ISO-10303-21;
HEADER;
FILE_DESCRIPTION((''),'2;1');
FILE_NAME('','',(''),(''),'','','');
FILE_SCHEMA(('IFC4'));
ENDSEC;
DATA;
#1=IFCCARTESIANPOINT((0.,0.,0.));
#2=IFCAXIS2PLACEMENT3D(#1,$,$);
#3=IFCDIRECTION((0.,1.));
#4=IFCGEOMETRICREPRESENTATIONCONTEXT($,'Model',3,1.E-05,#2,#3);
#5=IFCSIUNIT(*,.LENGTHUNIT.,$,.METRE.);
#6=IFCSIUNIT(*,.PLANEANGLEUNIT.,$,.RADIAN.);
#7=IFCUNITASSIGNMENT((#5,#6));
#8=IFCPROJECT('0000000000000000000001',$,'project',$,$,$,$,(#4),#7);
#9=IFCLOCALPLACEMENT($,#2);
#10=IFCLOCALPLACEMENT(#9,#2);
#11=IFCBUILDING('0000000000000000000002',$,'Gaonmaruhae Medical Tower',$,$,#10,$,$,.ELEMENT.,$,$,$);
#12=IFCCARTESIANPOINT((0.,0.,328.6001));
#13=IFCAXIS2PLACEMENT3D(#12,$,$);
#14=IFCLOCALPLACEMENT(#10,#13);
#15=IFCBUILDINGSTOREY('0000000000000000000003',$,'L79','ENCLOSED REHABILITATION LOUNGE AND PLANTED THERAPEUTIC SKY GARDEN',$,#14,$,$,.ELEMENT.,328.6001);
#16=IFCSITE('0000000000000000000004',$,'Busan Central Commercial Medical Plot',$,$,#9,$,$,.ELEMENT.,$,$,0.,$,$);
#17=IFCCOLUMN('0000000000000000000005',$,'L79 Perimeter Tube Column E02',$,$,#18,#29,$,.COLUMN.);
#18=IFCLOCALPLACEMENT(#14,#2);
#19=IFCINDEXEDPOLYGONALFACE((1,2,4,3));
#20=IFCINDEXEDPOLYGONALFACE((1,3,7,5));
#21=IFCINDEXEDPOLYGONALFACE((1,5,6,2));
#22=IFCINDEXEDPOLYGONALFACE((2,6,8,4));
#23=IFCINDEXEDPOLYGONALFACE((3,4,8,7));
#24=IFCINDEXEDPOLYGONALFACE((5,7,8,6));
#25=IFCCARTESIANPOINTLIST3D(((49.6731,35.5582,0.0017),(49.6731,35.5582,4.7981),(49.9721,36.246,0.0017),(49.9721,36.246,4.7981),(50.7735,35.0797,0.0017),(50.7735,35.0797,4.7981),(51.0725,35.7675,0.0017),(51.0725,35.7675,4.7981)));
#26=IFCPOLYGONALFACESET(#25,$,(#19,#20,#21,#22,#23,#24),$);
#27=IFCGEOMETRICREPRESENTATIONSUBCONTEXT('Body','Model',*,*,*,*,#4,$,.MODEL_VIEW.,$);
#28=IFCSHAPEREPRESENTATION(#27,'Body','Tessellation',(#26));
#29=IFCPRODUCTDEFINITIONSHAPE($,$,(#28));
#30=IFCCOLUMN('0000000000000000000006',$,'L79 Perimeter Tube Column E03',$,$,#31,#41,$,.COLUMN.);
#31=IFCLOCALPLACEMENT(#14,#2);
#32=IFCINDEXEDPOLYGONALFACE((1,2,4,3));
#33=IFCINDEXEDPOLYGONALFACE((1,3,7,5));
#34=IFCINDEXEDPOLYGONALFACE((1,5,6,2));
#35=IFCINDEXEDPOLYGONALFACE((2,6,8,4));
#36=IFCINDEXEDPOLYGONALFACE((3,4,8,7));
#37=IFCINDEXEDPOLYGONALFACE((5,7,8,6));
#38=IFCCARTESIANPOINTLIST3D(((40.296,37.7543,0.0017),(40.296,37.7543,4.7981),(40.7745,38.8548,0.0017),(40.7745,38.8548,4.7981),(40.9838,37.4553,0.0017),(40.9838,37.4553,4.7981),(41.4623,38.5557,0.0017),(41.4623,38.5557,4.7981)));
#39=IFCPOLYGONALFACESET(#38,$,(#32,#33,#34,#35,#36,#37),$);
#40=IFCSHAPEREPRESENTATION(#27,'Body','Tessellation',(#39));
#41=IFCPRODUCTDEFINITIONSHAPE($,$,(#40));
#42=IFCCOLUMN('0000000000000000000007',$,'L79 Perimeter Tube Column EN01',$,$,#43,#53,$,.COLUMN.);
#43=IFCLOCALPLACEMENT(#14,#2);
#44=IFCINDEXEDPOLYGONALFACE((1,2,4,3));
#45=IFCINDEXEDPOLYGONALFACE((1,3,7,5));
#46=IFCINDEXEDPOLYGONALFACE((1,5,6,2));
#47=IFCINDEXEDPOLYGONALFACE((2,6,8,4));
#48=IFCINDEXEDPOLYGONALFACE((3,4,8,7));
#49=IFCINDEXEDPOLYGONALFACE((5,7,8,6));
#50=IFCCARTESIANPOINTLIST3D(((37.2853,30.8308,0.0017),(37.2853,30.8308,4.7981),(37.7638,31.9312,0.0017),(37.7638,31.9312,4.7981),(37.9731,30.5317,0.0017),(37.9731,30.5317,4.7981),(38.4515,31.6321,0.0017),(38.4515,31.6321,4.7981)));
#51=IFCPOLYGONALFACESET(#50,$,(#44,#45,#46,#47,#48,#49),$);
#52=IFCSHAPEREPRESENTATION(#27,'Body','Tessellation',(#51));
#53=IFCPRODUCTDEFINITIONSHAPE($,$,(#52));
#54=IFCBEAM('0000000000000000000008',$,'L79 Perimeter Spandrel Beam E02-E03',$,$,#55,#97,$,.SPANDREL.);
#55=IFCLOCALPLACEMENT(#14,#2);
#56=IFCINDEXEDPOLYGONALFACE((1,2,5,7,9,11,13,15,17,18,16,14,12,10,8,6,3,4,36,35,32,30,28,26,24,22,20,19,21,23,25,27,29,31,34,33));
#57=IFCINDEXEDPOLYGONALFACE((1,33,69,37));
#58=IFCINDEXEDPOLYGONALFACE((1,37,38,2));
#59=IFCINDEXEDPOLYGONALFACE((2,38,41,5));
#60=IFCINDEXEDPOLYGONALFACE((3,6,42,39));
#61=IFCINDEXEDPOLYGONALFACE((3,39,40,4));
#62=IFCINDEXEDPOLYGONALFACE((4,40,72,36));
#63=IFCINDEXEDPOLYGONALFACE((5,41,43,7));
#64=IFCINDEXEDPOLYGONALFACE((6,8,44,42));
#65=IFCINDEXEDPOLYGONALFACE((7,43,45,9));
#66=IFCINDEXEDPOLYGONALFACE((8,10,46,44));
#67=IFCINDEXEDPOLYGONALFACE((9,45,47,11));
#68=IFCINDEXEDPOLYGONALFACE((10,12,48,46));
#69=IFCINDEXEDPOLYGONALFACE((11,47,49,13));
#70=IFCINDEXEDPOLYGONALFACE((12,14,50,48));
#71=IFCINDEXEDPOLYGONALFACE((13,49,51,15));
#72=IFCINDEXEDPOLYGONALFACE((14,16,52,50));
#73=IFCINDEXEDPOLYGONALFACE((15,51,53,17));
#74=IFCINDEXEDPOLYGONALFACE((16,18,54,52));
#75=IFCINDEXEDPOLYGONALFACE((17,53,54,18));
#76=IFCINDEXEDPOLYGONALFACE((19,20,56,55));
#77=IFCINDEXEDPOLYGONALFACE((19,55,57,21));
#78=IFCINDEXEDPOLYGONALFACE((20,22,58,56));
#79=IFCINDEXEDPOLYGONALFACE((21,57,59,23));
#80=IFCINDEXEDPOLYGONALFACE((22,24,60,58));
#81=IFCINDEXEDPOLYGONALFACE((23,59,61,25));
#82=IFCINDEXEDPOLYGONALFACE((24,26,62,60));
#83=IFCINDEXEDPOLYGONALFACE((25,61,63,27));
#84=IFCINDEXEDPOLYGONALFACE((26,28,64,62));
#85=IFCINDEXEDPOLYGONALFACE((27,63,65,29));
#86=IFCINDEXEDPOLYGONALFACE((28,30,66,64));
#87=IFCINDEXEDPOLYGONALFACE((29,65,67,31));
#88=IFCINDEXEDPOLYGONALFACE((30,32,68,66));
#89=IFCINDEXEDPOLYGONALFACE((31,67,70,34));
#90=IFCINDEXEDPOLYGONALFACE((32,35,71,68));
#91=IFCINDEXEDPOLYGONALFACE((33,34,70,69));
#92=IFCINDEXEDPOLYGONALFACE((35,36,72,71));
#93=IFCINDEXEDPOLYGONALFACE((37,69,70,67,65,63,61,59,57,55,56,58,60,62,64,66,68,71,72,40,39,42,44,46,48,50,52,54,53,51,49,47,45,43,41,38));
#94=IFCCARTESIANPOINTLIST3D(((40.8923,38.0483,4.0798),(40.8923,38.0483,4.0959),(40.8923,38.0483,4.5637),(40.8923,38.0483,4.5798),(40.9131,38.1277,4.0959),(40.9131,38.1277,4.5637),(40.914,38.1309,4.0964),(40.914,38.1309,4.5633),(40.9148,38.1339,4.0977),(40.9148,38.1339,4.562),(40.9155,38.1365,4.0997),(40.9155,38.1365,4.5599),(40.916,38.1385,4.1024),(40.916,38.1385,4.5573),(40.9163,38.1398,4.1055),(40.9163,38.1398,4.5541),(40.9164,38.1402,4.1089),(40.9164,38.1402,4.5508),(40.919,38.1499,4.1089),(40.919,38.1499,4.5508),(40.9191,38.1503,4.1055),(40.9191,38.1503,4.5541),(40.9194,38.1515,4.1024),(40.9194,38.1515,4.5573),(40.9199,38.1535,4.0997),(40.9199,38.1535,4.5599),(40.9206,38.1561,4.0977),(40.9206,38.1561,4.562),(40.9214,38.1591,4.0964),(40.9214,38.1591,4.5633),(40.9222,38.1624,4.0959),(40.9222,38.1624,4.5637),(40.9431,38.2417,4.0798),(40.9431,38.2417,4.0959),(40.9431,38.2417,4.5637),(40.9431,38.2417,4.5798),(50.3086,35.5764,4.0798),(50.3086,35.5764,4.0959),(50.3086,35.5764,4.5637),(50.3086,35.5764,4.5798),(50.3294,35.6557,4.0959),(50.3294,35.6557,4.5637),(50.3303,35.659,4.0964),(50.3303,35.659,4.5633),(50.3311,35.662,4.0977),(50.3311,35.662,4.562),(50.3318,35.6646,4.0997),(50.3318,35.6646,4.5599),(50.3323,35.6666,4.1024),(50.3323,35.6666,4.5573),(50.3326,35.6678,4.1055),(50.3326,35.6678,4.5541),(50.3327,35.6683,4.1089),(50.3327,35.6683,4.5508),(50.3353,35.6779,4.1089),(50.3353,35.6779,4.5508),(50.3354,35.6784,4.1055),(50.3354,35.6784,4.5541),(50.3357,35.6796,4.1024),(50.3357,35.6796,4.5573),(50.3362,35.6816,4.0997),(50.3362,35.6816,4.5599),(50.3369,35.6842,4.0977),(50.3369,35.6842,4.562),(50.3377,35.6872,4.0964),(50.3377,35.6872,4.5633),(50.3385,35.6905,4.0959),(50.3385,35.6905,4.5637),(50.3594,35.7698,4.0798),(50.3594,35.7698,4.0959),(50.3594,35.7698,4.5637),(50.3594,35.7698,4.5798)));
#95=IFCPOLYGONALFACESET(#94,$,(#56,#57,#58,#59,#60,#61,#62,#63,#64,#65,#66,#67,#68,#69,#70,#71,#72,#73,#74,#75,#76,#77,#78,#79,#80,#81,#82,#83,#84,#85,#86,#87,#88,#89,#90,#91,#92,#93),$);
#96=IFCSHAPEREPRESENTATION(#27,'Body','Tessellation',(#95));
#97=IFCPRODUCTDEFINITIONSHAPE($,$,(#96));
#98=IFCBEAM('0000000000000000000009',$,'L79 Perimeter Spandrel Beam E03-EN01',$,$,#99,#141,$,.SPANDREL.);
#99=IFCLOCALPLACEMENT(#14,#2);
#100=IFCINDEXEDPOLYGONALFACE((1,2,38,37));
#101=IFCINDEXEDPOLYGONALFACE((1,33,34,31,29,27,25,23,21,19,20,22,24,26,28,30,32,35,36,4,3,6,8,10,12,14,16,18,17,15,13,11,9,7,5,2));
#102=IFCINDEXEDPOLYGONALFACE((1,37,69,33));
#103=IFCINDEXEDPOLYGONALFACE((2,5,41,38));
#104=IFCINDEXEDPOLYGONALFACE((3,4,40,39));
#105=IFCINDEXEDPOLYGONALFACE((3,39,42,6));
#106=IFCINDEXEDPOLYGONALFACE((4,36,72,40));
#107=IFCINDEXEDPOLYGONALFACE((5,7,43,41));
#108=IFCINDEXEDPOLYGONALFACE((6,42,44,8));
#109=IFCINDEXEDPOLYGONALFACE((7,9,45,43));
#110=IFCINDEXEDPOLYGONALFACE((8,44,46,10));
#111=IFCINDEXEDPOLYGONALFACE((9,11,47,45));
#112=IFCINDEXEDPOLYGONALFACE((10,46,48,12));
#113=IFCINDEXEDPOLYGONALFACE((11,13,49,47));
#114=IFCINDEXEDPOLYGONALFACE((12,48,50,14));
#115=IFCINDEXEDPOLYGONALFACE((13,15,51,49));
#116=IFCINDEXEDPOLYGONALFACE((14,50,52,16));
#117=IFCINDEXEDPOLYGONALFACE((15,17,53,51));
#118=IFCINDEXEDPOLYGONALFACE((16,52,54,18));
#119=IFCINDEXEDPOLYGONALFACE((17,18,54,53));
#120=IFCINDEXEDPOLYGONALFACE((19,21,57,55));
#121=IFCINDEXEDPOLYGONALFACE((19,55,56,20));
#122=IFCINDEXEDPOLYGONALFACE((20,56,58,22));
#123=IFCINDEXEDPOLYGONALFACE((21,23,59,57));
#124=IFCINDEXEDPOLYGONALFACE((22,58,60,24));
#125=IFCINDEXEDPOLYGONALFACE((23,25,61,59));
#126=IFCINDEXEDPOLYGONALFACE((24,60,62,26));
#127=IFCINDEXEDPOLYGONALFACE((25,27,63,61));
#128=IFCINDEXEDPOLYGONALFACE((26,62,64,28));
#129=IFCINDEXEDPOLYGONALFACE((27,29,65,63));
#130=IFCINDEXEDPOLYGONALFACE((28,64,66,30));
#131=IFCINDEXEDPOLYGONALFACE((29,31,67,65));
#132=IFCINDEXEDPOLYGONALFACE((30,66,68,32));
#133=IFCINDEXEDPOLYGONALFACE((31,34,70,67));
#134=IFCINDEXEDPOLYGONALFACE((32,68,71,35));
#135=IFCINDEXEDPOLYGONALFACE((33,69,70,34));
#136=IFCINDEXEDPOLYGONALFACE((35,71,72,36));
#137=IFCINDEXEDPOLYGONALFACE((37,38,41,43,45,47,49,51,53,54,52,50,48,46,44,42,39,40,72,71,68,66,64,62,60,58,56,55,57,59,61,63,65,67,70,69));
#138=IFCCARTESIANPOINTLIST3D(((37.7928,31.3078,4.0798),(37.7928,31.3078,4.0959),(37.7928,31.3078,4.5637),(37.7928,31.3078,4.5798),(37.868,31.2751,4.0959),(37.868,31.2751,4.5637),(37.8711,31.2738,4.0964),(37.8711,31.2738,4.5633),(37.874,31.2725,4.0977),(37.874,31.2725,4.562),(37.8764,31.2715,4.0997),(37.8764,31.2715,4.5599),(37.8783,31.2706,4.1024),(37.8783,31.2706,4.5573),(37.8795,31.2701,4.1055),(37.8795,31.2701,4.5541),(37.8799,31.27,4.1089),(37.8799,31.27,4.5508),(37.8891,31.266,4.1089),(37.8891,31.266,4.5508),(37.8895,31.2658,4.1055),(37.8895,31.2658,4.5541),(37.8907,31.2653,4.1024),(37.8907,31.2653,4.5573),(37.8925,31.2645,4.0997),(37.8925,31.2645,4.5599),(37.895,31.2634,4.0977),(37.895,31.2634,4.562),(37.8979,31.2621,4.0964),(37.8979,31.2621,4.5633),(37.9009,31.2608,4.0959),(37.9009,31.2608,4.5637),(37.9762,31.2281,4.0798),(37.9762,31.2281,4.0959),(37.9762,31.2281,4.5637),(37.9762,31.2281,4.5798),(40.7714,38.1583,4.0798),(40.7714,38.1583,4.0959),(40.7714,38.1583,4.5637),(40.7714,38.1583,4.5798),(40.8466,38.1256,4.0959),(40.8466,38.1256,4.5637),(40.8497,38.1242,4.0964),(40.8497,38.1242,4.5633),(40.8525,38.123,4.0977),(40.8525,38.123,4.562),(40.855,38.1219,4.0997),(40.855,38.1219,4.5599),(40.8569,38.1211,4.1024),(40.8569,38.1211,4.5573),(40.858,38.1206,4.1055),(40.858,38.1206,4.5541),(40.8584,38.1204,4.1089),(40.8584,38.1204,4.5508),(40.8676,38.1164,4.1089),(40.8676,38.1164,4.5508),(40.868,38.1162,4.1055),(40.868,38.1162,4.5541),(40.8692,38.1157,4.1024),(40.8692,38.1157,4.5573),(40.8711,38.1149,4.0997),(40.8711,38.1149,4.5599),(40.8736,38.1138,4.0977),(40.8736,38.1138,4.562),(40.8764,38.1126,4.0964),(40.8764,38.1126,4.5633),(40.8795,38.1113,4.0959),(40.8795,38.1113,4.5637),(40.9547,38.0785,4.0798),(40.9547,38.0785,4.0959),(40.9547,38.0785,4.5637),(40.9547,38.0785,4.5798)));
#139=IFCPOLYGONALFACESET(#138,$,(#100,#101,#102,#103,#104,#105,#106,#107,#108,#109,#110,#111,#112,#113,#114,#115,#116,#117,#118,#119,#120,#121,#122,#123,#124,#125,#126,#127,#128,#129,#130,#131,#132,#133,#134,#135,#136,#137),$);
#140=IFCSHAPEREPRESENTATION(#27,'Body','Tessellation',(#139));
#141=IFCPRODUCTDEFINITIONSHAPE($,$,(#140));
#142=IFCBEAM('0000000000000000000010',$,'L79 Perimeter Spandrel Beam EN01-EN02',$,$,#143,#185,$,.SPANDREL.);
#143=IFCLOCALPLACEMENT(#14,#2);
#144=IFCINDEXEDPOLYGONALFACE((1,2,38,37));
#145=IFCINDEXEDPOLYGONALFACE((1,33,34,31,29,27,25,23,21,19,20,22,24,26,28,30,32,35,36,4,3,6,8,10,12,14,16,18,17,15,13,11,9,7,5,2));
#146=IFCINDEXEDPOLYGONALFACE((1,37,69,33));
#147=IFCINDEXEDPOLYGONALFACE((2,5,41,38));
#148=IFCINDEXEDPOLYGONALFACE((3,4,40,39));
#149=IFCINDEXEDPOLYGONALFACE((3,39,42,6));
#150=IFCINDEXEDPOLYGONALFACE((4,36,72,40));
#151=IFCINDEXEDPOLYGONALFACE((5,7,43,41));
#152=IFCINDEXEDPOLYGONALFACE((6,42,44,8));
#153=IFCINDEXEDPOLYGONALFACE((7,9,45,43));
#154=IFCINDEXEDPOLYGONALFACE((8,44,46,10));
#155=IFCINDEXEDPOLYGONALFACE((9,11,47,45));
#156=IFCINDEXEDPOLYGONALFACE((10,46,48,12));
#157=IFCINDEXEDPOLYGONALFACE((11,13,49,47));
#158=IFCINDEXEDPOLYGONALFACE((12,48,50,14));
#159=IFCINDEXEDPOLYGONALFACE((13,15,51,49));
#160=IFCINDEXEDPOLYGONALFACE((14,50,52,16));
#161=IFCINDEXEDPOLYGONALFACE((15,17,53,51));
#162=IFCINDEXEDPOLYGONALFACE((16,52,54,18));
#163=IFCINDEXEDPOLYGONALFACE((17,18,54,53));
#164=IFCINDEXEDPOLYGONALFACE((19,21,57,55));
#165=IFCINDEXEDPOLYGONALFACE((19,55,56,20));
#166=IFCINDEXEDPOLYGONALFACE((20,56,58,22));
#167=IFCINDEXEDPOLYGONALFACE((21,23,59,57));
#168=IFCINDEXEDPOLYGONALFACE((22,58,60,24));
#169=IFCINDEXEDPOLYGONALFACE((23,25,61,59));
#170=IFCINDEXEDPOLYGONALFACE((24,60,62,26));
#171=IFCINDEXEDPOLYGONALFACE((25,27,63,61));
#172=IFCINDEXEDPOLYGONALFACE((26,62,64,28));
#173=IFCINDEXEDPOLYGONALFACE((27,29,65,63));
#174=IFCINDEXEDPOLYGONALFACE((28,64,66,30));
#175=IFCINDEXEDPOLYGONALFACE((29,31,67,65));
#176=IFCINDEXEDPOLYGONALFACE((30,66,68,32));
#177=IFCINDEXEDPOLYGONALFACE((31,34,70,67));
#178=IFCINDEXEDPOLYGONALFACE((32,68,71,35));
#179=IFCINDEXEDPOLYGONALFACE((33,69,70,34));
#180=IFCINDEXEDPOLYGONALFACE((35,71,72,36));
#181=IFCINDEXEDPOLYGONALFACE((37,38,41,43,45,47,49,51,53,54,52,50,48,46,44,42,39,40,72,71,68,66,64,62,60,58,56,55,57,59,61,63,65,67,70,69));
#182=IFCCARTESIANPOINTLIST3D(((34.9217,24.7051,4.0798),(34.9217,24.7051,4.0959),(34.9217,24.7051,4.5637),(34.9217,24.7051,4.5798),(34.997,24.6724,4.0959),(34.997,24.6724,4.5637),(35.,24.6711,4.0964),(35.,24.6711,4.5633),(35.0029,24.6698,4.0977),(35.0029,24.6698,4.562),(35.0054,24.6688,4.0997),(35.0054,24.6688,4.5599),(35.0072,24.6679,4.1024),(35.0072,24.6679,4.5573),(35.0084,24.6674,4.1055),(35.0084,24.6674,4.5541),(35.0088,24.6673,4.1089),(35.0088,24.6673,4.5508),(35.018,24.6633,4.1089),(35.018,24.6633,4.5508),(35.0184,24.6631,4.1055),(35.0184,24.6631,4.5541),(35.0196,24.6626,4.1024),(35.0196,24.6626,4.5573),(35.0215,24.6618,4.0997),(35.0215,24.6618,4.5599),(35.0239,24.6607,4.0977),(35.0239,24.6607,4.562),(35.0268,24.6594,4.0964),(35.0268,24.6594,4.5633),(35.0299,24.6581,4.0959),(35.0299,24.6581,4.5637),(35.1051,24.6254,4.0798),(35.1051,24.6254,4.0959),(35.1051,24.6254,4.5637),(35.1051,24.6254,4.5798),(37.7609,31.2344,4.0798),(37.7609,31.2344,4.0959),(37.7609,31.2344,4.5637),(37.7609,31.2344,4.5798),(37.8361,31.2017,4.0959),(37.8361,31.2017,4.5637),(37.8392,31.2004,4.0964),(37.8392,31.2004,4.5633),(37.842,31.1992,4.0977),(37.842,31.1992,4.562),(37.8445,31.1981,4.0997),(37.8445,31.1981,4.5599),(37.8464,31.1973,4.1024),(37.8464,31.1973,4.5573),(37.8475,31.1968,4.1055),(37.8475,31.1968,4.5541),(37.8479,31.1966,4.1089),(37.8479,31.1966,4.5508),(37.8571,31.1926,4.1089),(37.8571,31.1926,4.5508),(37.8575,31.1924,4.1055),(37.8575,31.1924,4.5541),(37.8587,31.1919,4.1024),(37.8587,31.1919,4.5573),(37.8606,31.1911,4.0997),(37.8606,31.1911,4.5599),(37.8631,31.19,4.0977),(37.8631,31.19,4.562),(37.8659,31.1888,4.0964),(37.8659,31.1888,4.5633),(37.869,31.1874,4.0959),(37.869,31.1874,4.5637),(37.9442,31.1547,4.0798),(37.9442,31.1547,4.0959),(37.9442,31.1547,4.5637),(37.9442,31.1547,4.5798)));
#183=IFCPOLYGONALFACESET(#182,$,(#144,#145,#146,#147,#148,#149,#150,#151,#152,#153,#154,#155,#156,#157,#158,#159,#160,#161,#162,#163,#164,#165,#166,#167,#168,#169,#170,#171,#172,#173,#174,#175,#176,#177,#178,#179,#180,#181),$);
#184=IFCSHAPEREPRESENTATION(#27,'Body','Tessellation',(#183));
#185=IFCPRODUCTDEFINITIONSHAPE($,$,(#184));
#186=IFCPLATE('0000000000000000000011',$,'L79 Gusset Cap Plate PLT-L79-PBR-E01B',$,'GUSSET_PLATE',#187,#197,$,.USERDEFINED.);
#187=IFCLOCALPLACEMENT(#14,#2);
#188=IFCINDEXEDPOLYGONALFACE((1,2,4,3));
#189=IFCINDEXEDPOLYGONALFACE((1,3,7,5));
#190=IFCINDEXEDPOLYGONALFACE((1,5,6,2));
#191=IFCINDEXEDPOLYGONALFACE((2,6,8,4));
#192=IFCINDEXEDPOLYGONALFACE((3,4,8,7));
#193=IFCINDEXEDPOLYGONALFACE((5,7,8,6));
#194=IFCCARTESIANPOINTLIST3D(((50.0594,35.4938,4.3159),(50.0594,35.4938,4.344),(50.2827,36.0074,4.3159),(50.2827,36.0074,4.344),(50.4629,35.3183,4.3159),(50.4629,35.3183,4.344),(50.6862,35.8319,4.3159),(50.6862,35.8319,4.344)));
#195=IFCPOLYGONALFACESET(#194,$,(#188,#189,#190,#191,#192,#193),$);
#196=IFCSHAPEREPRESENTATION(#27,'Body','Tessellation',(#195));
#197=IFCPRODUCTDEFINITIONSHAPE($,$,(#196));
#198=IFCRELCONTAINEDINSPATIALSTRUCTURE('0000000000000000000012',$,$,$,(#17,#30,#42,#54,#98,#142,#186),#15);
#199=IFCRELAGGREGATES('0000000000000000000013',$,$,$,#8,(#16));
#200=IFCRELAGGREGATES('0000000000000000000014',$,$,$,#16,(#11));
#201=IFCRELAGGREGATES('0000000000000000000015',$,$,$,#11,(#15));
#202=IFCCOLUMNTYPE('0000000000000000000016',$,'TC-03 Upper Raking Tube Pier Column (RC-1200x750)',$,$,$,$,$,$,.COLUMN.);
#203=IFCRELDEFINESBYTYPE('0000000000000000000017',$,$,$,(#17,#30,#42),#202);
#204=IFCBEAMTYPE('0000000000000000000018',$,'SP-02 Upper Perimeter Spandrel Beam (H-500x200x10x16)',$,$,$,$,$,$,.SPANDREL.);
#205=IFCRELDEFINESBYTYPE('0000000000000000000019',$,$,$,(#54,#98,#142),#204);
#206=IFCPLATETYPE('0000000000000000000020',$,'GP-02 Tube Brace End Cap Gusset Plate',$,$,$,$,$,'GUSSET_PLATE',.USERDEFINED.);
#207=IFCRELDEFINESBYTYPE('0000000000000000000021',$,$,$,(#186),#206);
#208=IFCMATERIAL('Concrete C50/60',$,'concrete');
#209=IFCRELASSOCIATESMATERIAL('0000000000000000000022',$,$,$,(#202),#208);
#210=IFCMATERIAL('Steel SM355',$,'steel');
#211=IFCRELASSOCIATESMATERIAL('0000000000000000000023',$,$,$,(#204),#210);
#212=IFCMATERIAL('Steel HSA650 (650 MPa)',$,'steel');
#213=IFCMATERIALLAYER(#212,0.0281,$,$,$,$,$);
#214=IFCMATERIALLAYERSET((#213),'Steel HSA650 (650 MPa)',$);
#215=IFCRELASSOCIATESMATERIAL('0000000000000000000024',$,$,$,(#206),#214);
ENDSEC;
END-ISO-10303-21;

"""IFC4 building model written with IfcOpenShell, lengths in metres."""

from ifc_helpers import new_model, si_unit, direction, frame, origin, origin_2d, place, context, subcontext, project, spatial, rectangle, i_section, extrude, material, layer, layer_set, material_profile, profile_set, type_object, element, save


model = new_model("IFC4")

# Units and contexts
model_context = context("Model", 3, precision=1e-05, world=origin(), true_north=direction((0.0, 1.0)))
body_context = subcontext(model_context, "Body", "Model", "MODEL_VIEW")
ifc_project = project(units=[si_unit("LENGTHUNIT", "METRE"), si_unit("PLANEANGLEUNIT", "RADIAN")], contexts=[model_context])

# Site, building, storey
site_placement = place(None, origin())
site = spatial("IfcSite", under=ifc_project, at=site_placement, Name="Busan Central Commercial Medical Plot", CompositionType="ELEMENT", RefElevation=0.0)
building_placement = place(site_placement, origin())
building = spatial("IfcBuilding", under=site, at=building_placement, Name="Gaonmaruhae Medical Tower", CompositionType="ELEMENT")
storey_placement = place(building_placement, frame((0.0, 0.0, 328.6001)))
storey = spatial("IfcBuildingStorey", under=building, at=storey_placement, Name="L79", Description="ENCLOSED REHABILITATION LOUNGE AND PLANTED THERAPEUTIC SKY GARDEN", CompositionType="ELEMENT", Elevation=328.6001)

# Columns
ifc_material_1 = material(Name="Concrete C50/60", Category="concrete")
ifc_material_profile_1 = material_profile(ifc_material_1, rectangle(XDim=1.2, YDim=0.75, at=origin_2d()), Name="RC-1200x750")
ifc_profile_set_1 = profile_set([ifc_material_profile_1], Name="Concrete C50/60")
column_type = type_object("IfcColumnType", Name="TC-03 Upper Raking Tube Pier Column (RC-1200x750)", PredefinedType="COLUMN", material=ifc_profile_set_1)
for number, where, z_axis, x_axis, name in (
    (1, (50.3728, 35.6628, 0.0017), (0.0, 0.0, 1.0), (-0.91706, 0.398749, 0.0), "L79 Perimeter Tube Column E02"),
    (2, (40.8792, 38.155, 0.0017), (0.0, 0.0, 1.0), (0.398749, 0.91706, 0.0), "L79 Perimeter Tube Column E03"),
    (3, (37.8684, 31.2314, 0.0017), (0.0, 0.0, 1.0), (0.398749, 0.91706, 0.0), "L79 Perimeter Tube Column EN01"),
):
    element("IfcColumn", number, at=place(storey_placement, frame(where, z_axis=z_axis, x_axis=x_axis)), inside=storey, type_object=column_type, Name=name, PredefinedType="COLUMN", context=body_context, shape_type="SweptSolid", body=[
        extrude(rectangle(XDim=1.2, YDim=0.75, at=origin_2d()), origin(), (0.0, 0.0, 1.0), 4.7964),
    ])

# Beams
ifc_material_2 = material(Name="Steel SM355", Category="steel")
ifc_material_profile_2 = material_profile(ifc_material_2, i_section(OverallWidth=0.2, OverallDepth=0.5, WebThickness=0.01, FlangeThickness=0.0161, FilletRadius=0.0129, at=origin_2d()), Name="H-500x200x10x16")
ifc_profile_set_2 = profile_set([ifc_material_profile_2], Name="Steel SM355")
beam_type = type_object("IfcBeamType", Name="SP-02 Upper Perimeter Spandrel Beam (H-500x200x10x16)", PredefinedType="SPANDREL", material=ifc_profile_set_2)
beam_1_placement = place(storey_placement, frame((50.334, 35.6731, 4.3298), z_axis=(-0.967227, 0.253913, 0.0), x_axis=(-0.253913, -0.967227, 0.0)))
element("IfcBeam", 4, at=beam_1_placement, inside=storey, type_object=beam_type, Name="L79 Perimeter Spandrel Beam E02-E03", PredefinedType="SPANDREL", context=body_context, shape_type="SweptSolid", body=[
    extrude(i_section(OverallWidth=0.2, OverallDepth=0.5, WebThickness=0.01, FlangeThickness=0.0161, FilletRadius=0.0129, at=origin_2d()), origin(), (0.0, 0.0, 1.0), 9.7354),
])
beam_2_placement = place(storey_placement, frame((40.863, 38.1184, 4.3298), z_axis=(-0.398738, -0.917065, 0.0), x_axis=(0.917065, -0.398738, 0.0)))
element("IfcBeam", 5, at=beam_2_placement, inside=storey, type_object=beam_type, Name="L79 Perimeter Spandrel Beam E03-EN01", PredefinedType="SPANDREL", context=body_context, shape_type="SweptSolid", body=[
    extrude(i_section(OverallWidth=0.2, OverallDepth=0.5, WebThickness=0.01, FlangeThickness=0.0161, FilletRadius=0.0129, at=origin_2d()), origin(), (0.0, 0.0, 1.0), 7.47),
])
beam_3_placement = place(storey_placement, frame((37.8525, 31.1946, 4.3298), z_axis=(-0.39876, -0.917055, 0.0), x_axis=(0.917055, -0.39876, 0.0)))
element("IfcBeam", 6, at=beam_3_placement, inside=storey, type_object=beam_type, Name="L79 Perimeter Spandrel Beam EN01-EN02", PredefinedType="SPANDREL", context=body_context, shape_type="SweptSolid", body=[
    extrude(i_section(OverallWidth=0.2, OverallDepth=0.5, WebThickness=0.01, FlangeThickness=0.0161, FilletRadius=0.0129, at=origin_2d()), origin(), (0.0, 0.0, 1.0), 7.1199),
])

# Plate
ifc_material_3 = material(Name="Steel HSA650 (650 MPa)", Category="steel")
ifc_layer_1 = layer(ifc_material_3, 0.0281)
ifc_layer_set_1 = layer_set([ifc_layer_1], Name="Steel HSA650 (650 MPa)")
plate_type_1 = type_object("IfcPlateType", Name="GP-02 Tube Brace End Cap Gusset Plate", ElementType="GUSSET_PLATE", PredefinedType="USERDEFINED", material=ifc_layer_set_1)
plate_1_placement = place(storey_placement, frame((50.3728, 35.6628, 4.3159), z_axis=(0.0, 0.0, 1.0), x_axis=(0.398749, 0.91706, 0.0)))
element("IfcPlate", 7, at=plate_1_placement, inside=storey, type_object=plate_type_1, Name="L79 Gusset Cap Plate PLT-L79-PBR-E01B", ObjectType="GUSSET_PLATE", PredefinedType="USERDEFINED", context=body_context, shape_type="SweptSolid", body=[
    extrude(rectangle(XDim=0.5601, YDim=0.4399, at=origin_2d()), origin(), (0.0, 0.0, 1.0), 0.0281),
])

save(model, "model.ifc")
